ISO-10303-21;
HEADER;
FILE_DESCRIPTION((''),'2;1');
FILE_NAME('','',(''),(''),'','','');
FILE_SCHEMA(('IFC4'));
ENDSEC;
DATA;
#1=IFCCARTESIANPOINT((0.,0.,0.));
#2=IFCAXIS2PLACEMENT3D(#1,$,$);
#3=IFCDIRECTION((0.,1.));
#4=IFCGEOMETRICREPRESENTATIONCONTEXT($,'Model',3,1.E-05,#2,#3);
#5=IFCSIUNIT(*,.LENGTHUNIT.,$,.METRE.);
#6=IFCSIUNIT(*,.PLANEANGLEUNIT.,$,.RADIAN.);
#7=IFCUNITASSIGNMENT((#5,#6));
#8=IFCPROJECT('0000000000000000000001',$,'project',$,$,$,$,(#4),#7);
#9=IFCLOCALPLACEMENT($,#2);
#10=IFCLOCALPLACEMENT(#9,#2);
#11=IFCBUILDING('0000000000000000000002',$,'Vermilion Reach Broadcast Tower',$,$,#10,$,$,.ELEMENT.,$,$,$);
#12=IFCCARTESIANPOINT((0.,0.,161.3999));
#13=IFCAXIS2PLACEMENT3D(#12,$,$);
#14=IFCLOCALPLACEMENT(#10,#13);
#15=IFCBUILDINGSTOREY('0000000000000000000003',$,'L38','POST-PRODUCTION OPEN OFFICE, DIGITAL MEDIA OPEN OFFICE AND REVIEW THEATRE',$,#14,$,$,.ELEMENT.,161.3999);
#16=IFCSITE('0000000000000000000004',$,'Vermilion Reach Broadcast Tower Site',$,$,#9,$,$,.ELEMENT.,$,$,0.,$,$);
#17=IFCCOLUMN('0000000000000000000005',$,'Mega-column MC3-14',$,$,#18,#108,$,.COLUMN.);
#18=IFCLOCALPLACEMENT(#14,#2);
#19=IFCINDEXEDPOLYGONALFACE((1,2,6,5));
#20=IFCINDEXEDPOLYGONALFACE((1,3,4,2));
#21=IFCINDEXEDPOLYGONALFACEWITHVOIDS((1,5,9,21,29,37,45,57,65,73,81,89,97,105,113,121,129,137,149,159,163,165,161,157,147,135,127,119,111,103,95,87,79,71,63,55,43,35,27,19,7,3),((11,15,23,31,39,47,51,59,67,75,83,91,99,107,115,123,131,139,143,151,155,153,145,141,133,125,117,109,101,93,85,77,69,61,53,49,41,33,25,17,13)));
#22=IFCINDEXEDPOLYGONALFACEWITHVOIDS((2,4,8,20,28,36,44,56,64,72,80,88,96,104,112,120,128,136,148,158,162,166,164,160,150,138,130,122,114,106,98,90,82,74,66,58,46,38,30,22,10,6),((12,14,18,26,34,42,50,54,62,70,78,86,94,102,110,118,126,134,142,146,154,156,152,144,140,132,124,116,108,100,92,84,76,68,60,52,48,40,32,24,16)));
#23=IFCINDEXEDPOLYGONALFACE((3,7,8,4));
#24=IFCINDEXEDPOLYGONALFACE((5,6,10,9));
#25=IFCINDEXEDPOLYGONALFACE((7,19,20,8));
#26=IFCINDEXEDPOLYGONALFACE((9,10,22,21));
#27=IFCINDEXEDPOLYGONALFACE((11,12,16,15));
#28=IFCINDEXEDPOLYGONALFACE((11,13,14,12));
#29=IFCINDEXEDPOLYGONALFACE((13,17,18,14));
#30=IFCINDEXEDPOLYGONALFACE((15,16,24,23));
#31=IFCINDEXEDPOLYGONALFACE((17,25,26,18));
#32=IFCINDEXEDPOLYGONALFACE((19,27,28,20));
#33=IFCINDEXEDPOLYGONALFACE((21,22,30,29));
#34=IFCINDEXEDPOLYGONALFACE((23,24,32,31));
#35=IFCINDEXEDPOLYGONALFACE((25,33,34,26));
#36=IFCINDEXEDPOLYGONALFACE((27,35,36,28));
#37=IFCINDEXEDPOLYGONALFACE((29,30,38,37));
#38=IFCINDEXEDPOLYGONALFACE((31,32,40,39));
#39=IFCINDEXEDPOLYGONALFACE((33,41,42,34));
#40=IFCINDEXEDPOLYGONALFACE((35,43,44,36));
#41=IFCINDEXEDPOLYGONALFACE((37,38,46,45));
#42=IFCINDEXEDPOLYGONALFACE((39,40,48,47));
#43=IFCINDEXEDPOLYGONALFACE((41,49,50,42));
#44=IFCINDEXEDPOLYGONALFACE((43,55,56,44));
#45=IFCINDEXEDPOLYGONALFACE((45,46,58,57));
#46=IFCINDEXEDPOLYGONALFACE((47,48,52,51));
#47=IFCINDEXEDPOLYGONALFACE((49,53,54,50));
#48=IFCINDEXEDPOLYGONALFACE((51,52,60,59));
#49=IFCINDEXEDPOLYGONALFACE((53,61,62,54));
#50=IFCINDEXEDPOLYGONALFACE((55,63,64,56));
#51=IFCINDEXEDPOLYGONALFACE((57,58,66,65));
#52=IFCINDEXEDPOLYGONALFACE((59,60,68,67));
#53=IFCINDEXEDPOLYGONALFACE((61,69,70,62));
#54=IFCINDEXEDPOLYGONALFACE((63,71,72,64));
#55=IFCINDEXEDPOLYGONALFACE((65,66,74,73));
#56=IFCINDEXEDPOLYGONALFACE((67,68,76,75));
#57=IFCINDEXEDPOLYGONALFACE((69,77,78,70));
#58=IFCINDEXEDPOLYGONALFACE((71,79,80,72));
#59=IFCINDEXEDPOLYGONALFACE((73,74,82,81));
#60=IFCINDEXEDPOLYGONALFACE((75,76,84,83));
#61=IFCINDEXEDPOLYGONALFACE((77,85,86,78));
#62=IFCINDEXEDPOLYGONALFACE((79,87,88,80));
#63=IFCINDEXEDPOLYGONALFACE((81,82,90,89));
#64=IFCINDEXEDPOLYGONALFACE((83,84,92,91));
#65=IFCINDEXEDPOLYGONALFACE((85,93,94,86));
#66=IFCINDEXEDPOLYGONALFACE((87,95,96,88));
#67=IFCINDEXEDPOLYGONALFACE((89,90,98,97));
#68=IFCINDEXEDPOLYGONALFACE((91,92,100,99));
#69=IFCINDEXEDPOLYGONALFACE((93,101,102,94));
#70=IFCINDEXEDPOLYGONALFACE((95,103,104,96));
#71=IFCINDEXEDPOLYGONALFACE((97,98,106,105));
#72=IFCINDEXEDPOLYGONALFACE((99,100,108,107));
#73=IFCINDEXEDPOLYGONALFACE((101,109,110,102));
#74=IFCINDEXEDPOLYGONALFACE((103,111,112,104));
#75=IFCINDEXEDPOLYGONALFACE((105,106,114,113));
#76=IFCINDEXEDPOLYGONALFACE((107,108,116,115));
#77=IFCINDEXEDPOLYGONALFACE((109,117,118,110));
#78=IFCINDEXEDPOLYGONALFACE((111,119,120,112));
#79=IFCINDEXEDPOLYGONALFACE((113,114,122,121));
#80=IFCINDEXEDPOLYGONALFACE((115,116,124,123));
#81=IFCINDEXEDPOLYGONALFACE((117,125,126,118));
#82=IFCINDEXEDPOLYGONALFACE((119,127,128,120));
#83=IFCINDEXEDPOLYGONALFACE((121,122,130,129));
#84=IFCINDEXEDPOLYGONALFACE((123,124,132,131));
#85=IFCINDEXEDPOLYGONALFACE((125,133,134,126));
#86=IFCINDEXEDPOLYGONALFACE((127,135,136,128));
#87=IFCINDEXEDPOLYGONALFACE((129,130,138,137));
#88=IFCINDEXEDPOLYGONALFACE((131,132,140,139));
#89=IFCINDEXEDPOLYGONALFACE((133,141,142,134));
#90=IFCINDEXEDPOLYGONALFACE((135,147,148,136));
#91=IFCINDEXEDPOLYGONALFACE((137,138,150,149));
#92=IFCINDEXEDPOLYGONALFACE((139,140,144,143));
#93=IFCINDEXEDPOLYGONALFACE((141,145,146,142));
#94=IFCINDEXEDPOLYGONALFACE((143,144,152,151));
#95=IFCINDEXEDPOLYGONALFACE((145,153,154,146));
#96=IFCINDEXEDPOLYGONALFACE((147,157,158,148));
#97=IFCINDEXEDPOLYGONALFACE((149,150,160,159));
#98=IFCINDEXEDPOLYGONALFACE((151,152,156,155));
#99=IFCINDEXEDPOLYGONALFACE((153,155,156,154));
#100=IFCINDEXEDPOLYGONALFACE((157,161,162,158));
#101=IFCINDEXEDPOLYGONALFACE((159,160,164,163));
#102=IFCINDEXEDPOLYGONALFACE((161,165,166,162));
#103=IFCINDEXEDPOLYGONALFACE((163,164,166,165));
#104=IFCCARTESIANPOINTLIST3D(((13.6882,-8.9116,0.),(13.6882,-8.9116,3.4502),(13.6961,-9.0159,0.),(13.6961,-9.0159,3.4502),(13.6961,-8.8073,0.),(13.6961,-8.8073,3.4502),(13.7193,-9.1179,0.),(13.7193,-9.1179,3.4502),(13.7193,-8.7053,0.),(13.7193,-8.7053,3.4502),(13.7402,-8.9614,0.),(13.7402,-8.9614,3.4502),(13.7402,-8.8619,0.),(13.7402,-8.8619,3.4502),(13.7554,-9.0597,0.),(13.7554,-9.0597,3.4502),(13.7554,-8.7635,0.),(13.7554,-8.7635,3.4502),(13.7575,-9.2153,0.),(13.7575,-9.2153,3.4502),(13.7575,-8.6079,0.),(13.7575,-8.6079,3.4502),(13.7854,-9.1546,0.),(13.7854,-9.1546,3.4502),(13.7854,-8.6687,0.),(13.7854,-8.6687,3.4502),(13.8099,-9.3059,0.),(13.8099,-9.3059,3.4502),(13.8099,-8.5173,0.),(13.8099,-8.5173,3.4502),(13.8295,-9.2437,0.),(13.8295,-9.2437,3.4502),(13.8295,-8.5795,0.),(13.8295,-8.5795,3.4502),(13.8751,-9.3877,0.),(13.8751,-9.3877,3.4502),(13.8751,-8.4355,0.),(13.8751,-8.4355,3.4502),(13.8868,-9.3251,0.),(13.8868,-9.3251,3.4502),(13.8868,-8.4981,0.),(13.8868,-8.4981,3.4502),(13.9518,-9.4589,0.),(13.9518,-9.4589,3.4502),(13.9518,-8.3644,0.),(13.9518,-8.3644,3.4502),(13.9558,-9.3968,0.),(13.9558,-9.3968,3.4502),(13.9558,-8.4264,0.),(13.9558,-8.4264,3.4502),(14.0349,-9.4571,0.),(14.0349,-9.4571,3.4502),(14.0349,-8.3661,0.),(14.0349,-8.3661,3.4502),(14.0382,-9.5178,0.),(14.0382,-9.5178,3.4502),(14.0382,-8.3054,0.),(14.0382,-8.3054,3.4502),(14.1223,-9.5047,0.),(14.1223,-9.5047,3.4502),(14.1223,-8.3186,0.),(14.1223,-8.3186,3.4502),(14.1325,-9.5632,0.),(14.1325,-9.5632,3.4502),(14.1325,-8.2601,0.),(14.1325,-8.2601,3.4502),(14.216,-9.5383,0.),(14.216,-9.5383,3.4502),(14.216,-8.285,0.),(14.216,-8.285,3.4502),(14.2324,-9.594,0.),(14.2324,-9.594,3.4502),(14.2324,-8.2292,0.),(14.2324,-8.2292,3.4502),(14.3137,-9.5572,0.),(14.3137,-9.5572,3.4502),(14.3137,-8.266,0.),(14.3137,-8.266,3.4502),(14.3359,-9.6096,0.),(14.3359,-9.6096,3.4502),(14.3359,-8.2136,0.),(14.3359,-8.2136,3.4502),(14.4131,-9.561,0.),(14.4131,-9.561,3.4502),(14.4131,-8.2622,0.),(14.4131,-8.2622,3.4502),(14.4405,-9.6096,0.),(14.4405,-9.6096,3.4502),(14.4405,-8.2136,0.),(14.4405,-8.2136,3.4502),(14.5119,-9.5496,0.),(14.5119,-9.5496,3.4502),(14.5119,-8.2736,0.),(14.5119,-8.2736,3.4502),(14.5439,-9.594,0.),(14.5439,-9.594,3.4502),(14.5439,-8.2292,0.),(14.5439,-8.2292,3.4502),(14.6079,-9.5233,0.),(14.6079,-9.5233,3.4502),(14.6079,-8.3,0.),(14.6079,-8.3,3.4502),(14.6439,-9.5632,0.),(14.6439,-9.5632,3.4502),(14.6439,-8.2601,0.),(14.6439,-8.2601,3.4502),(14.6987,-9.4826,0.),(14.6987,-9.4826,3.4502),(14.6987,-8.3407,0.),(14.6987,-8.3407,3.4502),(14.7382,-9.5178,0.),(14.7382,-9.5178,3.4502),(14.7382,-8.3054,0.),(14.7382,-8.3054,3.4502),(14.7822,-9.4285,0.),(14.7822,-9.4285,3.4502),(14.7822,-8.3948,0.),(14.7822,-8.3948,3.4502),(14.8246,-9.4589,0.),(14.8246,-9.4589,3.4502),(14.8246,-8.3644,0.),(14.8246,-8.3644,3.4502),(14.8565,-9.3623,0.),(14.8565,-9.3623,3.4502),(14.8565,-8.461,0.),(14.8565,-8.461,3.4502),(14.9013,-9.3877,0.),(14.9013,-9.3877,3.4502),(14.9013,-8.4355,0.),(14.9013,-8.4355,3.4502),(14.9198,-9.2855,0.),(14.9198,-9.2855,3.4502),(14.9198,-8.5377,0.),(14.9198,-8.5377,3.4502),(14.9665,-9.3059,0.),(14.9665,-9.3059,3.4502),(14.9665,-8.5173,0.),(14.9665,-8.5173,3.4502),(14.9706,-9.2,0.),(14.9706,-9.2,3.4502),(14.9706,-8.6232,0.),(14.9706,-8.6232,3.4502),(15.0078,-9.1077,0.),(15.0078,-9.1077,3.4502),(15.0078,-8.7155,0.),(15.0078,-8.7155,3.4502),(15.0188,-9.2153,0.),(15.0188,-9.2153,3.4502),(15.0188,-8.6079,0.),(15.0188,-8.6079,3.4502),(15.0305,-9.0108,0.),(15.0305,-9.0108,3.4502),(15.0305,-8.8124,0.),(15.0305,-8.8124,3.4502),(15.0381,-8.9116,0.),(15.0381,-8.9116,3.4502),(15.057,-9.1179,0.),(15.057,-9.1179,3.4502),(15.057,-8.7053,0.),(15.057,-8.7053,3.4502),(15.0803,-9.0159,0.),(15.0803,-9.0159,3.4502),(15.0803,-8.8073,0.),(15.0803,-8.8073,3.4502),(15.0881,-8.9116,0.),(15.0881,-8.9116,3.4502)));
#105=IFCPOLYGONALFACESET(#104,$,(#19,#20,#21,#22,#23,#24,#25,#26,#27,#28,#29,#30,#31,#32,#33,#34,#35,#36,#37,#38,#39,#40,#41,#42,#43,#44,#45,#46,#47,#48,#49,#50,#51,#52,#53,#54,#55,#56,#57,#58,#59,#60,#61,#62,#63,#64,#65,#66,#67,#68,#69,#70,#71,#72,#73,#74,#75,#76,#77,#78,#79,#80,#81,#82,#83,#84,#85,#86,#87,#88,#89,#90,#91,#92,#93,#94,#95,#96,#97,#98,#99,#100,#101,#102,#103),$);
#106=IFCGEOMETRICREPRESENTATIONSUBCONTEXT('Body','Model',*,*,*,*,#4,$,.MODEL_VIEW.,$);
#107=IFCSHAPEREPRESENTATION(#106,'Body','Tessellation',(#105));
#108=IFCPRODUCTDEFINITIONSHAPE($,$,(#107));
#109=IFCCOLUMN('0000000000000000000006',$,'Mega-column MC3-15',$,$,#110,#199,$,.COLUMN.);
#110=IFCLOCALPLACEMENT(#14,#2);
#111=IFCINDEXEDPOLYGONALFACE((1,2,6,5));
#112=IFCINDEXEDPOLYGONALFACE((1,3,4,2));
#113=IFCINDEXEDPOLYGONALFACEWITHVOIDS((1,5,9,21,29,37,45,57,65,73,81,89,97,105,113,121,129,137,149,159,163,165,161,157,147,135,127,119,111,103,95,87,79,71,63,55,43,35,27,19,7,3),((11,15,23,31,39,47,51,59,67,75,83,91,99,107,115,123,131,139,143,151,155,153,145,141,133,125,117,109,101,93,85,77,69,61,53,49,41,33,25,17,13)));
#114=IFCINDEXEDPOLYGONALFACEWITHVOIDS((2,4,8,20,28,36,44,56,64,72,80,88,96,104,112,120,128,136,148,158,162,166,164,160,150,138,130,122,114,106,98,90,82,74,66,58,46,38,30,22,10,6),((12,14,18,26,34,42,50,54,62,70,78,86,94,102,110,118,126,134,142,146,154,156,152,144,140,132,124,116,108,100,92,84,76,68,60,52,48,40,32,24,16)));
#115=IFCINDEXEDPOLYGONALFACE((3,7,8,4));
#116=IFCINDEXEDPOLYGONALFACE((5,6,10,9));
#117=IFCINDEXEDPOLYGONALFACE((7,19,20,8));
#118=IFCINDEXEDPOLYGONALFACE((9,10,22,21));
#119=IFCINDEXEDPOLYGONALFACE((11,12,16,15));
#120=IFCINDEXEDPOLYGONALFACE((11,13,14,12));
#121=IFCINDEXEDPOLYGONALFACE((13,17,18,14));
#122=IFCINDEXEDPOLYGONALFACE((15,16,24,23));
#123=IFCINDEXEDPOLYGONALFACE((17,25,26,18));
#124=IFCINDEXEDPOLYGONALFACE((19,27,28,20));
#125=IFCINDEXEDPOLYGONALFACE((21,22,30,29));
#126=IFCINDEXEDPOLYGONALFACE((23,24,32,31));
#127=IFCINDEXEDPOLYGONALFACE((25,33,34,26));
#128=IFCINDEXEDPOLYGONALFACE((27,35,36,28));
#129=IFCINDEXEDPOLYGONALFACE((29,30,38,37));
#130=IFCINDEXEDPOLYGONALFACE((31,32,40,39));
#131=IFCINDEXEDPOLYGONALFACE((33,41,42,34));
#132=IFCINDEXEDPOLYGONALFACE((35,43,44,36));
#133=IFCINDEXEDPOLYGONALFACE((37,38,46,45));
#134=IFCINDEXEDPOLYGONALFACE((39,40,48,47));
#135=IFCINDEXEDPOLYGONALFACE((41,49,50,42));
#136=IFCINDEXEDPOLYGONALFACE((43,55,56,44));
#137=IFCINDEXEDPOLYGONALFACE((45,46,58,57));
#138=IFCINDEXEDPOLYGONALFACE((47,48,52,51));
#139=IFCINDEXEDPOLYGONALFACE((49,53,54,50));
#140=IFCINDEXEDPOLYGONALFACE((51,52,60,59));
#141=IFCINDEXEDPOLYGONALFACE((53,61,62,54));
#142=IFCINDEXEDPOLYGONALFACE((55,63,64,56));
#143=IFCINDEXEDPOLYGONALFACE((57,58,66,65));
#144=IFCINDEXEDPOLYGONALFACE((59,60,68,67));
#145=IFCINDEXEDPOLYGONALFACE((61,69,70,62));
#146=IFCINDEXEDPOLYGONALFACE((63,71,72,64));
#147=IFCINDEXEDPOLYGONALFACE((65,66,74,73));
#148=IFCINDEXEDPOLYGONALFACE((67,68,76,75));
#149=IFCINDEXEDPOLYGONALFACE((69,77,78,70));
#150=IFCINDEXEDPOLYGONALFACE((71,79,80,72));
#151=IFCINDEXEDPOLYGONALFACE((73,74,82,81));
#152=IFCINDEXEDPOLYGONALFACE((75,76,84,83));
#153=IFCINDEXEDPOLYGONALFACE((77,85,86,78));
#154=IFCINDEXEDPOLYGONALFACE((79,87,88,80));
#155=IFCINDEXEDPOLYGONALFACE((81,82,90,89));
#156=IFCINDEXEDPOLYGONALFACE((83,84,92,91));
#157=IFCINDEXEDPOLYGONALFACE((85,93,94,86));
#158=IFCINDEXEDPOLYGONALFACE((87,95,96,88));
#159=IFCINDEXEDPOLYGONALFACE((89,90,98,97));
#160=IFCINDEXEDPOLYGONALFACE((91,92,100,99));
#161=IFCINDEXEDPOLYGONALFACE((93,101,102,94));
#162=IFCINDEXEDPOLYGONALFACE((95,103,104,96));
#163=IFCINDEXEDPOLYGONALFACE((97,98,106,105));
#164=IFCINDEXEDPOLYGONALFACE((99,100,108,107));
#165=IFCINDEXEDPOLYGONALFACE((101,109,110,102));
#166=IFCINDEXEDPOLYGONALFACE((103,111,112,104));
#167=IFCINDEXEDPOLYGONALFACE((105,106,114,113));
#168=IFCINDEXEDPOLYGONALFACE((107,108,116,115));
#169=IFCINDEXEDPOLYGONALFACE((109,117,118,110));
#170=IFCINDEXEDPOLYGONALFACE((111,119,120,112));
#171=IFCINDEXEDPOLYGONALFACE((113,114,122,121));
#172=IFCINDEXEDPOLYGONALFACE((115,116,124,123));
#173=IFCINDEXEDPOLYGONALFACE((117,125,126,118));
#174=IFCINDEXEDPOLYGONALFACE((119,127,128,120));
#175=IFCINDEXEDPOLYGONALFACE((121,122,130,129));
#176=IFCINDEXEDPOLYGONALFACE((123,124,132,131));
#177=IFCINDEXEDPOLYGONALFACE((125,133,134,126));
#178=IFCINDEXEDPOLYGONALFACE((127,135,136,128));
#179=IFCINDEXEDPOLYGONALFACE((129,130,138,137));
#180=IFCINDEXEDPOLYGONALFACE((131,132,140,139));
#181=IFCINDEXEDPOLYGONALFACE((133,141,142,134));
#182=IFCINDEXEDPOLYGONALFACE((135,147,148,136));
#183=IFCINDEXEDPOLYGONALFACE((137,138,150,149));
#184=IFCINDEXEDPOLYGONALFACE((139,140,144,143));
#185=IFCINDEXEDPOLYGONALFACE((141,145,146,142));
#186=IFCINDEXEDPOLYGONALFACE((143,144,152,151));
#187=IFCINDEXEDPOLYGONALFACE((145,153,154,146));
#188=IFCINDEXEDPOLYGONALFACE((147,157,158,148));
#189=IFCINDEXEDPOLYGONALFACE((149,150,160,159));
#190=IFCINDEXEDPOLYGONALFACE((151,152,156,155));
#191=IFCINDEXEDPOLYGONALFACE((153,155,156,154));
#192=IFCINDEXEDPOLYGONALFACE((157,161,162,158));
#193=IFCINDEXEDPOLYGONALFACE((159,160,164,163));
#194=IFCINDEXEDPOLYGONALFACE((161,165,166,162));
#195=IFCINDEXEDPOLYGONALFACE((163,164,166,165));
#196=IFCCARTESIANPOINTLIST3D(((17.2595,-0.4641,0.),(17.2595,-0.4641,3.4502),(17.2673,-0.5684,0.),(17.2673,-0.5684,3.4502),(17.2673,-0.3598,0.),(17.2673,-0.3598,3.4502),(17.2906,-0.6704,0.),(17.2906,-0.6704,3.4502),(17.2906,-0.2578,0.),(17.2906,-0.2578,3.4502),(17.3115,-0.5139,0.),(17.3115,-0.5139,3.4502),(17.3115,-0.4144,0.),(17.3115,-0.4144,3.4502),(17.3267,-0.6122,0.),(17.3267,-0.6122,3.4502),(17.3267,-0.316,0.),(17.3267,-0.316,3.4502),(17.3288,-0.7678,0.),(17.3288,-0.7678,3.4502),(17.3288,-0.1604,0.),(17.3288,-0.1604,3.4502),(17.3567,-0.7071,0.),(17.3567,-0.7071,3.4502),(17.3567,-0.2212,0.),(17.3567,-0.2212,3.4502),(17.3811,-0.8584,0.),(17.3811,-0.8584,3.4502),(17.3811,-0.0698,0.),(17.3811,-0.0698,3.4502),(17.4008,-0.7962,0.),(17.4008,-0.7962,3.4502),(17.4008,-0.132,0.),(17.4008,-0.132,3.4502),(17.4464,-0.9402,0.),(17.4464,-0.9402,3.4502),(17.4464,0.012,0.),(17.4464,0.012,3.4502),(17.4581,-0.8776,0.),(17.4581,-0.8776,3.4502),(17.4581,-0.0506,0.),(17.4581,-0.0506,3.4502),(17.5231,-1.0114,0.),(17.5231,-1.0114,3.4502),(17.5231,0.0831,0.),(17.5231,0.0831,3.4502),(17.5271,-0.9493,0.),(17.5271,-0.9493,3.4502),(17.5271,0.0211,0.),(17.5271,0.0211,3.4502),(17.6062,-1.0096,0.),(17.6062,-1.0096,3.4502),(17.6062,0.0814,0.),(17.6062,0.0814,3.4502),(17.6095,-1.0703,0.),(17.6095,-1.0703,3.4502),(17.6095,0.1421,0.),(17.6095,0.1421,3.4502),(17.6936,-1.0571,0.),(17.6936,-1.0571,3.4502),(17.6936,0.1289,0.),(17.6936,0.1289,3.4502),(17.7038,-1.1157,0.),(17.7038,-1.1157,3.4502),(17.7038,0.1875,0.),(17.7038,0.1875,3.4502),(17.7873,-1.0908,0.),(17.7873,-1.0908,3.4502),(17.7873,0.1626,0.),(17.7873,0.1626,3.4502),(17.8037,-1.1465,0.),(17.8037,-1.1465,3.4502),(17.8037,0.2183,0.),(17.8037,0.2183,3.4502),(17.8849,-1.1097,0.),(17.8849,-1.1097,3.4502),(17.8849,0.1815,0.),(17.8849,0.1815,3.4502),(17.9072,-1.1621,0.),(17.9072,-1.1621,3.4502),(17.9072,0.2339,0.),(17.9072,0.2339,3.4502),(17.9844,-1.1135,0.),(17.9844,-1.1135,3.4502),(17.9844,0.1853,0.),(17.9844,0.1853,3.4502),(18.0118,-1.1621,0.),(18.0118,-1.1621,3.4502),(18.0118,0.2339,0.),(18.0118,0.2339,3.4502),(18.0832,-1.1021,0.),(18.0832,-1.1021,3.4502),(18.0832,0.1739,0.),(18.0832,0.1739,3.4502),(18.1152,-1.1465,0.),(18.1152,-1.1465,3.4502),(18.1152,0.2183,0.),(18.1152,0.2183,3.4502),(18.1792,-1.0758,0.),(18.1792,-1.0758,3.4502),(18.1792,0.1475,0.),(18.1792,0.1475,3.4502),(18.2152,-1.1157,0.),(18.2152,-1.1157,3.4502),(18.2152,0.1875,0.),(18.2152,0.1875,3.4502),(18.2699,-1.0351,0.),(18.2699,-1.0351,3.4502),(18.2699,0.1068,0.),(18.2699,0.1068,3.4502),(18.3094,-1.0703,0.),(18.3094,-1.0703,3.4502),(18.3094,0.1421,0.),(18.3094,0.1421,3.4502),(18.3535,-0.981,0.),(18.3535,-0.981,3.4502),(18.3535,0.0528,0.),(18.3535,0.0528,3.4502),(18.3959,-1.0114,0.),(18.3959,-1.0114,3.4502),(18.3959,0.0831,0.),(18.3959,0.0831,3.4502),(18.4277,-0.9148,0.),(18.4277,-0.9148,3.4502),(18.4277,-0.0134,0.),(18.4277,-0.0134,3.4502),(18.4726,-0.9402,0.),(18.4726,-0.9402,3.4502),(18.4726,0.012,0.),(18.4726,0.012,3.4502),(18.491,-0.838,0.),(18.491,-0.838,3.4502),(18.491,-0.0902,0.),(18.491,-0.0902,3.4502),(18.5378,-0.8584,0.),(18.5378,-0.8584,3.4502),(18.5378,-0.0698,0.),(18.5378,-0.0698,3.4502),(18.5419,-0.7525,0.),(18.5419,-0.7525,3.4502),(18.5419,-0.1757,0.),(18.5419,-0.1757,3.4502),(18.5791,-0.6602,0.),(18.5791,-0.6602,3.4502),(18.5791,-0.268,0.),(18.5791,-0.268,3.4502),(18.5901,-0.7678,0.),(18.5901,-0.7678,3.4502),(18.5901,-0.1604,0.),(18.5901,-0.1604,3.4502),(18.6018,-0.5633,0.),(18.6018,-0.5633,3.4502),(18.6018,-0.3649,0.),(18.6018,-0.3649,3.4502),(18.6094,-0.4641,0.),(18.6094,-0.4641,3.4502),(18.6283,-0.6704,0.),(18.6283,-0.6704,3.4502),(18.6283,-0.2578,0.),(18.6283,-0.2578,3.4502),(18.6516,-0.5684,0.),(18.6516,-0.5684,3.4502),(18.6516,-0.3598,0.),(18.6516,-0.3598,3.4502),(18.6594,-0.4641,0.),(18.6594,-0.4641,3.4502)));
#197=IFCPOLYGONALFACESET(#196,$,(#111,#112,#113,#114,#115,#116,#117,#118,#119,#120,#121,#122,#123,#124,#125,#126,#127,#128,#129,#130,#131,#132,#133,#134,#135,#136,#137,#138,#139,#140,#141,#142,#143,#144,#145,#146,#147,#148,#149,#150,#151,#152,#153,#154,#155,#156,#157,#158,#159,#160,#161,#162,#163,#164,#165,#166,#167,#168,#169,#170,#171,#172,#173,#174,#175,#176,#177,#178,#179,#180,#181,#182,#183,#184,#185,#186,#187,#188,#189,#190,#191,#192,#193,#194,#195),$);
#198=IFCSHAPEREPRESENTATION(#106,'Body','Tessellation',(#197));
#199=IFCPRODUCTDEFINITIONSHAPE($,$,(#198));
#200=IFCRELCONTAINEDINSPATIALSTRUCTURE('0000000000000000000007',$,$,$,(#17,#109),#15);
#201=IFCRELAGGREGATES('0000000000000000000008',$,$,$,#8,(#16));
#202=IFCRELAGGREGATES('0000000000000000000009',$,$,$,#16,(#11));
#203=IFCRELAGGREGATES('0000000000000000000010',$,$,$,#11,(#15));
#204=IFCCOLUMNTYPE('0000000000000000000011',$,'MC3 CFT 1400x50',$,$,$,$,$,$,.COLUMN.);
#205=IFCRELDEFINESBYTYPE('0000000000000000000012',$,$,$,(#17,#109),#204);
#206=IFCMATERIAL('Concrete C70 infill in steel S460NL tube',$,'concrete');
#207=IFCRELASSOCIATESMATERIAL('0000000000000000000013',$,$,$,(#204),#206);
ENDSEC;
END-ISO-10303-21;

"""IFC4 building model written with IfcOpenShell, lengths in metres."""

from ifc_helpers import new_model, si_unit, direction, frame, origin, origin_2d, place, context, subcontext, project, spatial, hollow_circle, extrude, material, material_profile, profile_set, type_object, element, save


model = new_model("IFC4")

# Units and contexts
model_context = context("Model", 3, precision=1e-05, world=origin(), true_north=direction((0.0, 1.0)))
body_context = subcontext(model_context, "Body", "Model", "MODEL_VIEW")
ifc_project = project(units=[si_unit("LENGTHUNIT", "METRE"), si_unit("PLANEANGLEUNIT", "RADIAN")], contexts=[model_context])

# Site, building, storey
site_placement = place(None, origin())
site = spatial("IfcSite", under=ifc_project, at=site_placement, Name="Vermilion Reach Broadcast Tower Site", CompositionType="ELEMENT", RefElevation=0.0)
building_placement = place(site_placement, origin())
building = spatial("IfcBuilding", under=site, at=building_placement, Name="Vermilion Reach Broadcast Tower", CompositionType="ELEMENT")
storey_placement = place(building_placement, frame((0.0, 0.0, 161.3999)))
storey = spatial("IfcBuildingStorey", under=building, at=storey_placement, Name="L38", Description="POST-PRODUCTION OPEN OFFICE, DIGITAL MEDIA OPEN OFFICE AND REVIEW THEATRE", CompositionType="ELEMENT", Elevation=161.3999)

# Columns
ifc_material_1 = material(Name="Concrete C70 infill in steel S460NL tube", Category="concrete")
ifc_material_profile_1 = material_profile(ifc_material_1, hollow_circle(Radius=0.7, WallThickness=0.05, at=origin_2d()), Name="Concrete C70 infill in steel S460NL tube CFT 1400x50")
ifc_profile_set_1 = profile_set([ifc_material_profile_1], Name="Concrete C70 infill in steel S460NL tube")
column_type = type_object("IfcColumnType", Name="MC3 CFT 1400x50", PredefinedType="COLUMN", material=ifc_profile_set_1)
for number, where, z_axis, x_axis, name in (
    (1, (14.3882, -8.9116, 0.0), (0.0, 0.0, 1.0), (1.0, 0.0, 0.0), "Mega-column MC3-14"),
    (2, (17.9595, -0.4641, 0.0), (0.0, 0.0, 1.0), (1.0, 0.0, 0.0), "Mega-column MC3-15"),
):
    element("IfcColumn", number, at=place(storey_placement, frame(where, z_axis=z_axis, x_axis=x_axis)), inside=storey, type_object=column_type, Name=name, PredefinedType="COLUMN", context=body_context, shape_type="SweptSolid", body=[
        extrude(hollow_circle(Radius=0.7, WallThickness=0.05, at=origin_2d()), origin(), (0.0, 0.0, 1.0), 3.4502),
    ])

save(model, "model.ifc")
